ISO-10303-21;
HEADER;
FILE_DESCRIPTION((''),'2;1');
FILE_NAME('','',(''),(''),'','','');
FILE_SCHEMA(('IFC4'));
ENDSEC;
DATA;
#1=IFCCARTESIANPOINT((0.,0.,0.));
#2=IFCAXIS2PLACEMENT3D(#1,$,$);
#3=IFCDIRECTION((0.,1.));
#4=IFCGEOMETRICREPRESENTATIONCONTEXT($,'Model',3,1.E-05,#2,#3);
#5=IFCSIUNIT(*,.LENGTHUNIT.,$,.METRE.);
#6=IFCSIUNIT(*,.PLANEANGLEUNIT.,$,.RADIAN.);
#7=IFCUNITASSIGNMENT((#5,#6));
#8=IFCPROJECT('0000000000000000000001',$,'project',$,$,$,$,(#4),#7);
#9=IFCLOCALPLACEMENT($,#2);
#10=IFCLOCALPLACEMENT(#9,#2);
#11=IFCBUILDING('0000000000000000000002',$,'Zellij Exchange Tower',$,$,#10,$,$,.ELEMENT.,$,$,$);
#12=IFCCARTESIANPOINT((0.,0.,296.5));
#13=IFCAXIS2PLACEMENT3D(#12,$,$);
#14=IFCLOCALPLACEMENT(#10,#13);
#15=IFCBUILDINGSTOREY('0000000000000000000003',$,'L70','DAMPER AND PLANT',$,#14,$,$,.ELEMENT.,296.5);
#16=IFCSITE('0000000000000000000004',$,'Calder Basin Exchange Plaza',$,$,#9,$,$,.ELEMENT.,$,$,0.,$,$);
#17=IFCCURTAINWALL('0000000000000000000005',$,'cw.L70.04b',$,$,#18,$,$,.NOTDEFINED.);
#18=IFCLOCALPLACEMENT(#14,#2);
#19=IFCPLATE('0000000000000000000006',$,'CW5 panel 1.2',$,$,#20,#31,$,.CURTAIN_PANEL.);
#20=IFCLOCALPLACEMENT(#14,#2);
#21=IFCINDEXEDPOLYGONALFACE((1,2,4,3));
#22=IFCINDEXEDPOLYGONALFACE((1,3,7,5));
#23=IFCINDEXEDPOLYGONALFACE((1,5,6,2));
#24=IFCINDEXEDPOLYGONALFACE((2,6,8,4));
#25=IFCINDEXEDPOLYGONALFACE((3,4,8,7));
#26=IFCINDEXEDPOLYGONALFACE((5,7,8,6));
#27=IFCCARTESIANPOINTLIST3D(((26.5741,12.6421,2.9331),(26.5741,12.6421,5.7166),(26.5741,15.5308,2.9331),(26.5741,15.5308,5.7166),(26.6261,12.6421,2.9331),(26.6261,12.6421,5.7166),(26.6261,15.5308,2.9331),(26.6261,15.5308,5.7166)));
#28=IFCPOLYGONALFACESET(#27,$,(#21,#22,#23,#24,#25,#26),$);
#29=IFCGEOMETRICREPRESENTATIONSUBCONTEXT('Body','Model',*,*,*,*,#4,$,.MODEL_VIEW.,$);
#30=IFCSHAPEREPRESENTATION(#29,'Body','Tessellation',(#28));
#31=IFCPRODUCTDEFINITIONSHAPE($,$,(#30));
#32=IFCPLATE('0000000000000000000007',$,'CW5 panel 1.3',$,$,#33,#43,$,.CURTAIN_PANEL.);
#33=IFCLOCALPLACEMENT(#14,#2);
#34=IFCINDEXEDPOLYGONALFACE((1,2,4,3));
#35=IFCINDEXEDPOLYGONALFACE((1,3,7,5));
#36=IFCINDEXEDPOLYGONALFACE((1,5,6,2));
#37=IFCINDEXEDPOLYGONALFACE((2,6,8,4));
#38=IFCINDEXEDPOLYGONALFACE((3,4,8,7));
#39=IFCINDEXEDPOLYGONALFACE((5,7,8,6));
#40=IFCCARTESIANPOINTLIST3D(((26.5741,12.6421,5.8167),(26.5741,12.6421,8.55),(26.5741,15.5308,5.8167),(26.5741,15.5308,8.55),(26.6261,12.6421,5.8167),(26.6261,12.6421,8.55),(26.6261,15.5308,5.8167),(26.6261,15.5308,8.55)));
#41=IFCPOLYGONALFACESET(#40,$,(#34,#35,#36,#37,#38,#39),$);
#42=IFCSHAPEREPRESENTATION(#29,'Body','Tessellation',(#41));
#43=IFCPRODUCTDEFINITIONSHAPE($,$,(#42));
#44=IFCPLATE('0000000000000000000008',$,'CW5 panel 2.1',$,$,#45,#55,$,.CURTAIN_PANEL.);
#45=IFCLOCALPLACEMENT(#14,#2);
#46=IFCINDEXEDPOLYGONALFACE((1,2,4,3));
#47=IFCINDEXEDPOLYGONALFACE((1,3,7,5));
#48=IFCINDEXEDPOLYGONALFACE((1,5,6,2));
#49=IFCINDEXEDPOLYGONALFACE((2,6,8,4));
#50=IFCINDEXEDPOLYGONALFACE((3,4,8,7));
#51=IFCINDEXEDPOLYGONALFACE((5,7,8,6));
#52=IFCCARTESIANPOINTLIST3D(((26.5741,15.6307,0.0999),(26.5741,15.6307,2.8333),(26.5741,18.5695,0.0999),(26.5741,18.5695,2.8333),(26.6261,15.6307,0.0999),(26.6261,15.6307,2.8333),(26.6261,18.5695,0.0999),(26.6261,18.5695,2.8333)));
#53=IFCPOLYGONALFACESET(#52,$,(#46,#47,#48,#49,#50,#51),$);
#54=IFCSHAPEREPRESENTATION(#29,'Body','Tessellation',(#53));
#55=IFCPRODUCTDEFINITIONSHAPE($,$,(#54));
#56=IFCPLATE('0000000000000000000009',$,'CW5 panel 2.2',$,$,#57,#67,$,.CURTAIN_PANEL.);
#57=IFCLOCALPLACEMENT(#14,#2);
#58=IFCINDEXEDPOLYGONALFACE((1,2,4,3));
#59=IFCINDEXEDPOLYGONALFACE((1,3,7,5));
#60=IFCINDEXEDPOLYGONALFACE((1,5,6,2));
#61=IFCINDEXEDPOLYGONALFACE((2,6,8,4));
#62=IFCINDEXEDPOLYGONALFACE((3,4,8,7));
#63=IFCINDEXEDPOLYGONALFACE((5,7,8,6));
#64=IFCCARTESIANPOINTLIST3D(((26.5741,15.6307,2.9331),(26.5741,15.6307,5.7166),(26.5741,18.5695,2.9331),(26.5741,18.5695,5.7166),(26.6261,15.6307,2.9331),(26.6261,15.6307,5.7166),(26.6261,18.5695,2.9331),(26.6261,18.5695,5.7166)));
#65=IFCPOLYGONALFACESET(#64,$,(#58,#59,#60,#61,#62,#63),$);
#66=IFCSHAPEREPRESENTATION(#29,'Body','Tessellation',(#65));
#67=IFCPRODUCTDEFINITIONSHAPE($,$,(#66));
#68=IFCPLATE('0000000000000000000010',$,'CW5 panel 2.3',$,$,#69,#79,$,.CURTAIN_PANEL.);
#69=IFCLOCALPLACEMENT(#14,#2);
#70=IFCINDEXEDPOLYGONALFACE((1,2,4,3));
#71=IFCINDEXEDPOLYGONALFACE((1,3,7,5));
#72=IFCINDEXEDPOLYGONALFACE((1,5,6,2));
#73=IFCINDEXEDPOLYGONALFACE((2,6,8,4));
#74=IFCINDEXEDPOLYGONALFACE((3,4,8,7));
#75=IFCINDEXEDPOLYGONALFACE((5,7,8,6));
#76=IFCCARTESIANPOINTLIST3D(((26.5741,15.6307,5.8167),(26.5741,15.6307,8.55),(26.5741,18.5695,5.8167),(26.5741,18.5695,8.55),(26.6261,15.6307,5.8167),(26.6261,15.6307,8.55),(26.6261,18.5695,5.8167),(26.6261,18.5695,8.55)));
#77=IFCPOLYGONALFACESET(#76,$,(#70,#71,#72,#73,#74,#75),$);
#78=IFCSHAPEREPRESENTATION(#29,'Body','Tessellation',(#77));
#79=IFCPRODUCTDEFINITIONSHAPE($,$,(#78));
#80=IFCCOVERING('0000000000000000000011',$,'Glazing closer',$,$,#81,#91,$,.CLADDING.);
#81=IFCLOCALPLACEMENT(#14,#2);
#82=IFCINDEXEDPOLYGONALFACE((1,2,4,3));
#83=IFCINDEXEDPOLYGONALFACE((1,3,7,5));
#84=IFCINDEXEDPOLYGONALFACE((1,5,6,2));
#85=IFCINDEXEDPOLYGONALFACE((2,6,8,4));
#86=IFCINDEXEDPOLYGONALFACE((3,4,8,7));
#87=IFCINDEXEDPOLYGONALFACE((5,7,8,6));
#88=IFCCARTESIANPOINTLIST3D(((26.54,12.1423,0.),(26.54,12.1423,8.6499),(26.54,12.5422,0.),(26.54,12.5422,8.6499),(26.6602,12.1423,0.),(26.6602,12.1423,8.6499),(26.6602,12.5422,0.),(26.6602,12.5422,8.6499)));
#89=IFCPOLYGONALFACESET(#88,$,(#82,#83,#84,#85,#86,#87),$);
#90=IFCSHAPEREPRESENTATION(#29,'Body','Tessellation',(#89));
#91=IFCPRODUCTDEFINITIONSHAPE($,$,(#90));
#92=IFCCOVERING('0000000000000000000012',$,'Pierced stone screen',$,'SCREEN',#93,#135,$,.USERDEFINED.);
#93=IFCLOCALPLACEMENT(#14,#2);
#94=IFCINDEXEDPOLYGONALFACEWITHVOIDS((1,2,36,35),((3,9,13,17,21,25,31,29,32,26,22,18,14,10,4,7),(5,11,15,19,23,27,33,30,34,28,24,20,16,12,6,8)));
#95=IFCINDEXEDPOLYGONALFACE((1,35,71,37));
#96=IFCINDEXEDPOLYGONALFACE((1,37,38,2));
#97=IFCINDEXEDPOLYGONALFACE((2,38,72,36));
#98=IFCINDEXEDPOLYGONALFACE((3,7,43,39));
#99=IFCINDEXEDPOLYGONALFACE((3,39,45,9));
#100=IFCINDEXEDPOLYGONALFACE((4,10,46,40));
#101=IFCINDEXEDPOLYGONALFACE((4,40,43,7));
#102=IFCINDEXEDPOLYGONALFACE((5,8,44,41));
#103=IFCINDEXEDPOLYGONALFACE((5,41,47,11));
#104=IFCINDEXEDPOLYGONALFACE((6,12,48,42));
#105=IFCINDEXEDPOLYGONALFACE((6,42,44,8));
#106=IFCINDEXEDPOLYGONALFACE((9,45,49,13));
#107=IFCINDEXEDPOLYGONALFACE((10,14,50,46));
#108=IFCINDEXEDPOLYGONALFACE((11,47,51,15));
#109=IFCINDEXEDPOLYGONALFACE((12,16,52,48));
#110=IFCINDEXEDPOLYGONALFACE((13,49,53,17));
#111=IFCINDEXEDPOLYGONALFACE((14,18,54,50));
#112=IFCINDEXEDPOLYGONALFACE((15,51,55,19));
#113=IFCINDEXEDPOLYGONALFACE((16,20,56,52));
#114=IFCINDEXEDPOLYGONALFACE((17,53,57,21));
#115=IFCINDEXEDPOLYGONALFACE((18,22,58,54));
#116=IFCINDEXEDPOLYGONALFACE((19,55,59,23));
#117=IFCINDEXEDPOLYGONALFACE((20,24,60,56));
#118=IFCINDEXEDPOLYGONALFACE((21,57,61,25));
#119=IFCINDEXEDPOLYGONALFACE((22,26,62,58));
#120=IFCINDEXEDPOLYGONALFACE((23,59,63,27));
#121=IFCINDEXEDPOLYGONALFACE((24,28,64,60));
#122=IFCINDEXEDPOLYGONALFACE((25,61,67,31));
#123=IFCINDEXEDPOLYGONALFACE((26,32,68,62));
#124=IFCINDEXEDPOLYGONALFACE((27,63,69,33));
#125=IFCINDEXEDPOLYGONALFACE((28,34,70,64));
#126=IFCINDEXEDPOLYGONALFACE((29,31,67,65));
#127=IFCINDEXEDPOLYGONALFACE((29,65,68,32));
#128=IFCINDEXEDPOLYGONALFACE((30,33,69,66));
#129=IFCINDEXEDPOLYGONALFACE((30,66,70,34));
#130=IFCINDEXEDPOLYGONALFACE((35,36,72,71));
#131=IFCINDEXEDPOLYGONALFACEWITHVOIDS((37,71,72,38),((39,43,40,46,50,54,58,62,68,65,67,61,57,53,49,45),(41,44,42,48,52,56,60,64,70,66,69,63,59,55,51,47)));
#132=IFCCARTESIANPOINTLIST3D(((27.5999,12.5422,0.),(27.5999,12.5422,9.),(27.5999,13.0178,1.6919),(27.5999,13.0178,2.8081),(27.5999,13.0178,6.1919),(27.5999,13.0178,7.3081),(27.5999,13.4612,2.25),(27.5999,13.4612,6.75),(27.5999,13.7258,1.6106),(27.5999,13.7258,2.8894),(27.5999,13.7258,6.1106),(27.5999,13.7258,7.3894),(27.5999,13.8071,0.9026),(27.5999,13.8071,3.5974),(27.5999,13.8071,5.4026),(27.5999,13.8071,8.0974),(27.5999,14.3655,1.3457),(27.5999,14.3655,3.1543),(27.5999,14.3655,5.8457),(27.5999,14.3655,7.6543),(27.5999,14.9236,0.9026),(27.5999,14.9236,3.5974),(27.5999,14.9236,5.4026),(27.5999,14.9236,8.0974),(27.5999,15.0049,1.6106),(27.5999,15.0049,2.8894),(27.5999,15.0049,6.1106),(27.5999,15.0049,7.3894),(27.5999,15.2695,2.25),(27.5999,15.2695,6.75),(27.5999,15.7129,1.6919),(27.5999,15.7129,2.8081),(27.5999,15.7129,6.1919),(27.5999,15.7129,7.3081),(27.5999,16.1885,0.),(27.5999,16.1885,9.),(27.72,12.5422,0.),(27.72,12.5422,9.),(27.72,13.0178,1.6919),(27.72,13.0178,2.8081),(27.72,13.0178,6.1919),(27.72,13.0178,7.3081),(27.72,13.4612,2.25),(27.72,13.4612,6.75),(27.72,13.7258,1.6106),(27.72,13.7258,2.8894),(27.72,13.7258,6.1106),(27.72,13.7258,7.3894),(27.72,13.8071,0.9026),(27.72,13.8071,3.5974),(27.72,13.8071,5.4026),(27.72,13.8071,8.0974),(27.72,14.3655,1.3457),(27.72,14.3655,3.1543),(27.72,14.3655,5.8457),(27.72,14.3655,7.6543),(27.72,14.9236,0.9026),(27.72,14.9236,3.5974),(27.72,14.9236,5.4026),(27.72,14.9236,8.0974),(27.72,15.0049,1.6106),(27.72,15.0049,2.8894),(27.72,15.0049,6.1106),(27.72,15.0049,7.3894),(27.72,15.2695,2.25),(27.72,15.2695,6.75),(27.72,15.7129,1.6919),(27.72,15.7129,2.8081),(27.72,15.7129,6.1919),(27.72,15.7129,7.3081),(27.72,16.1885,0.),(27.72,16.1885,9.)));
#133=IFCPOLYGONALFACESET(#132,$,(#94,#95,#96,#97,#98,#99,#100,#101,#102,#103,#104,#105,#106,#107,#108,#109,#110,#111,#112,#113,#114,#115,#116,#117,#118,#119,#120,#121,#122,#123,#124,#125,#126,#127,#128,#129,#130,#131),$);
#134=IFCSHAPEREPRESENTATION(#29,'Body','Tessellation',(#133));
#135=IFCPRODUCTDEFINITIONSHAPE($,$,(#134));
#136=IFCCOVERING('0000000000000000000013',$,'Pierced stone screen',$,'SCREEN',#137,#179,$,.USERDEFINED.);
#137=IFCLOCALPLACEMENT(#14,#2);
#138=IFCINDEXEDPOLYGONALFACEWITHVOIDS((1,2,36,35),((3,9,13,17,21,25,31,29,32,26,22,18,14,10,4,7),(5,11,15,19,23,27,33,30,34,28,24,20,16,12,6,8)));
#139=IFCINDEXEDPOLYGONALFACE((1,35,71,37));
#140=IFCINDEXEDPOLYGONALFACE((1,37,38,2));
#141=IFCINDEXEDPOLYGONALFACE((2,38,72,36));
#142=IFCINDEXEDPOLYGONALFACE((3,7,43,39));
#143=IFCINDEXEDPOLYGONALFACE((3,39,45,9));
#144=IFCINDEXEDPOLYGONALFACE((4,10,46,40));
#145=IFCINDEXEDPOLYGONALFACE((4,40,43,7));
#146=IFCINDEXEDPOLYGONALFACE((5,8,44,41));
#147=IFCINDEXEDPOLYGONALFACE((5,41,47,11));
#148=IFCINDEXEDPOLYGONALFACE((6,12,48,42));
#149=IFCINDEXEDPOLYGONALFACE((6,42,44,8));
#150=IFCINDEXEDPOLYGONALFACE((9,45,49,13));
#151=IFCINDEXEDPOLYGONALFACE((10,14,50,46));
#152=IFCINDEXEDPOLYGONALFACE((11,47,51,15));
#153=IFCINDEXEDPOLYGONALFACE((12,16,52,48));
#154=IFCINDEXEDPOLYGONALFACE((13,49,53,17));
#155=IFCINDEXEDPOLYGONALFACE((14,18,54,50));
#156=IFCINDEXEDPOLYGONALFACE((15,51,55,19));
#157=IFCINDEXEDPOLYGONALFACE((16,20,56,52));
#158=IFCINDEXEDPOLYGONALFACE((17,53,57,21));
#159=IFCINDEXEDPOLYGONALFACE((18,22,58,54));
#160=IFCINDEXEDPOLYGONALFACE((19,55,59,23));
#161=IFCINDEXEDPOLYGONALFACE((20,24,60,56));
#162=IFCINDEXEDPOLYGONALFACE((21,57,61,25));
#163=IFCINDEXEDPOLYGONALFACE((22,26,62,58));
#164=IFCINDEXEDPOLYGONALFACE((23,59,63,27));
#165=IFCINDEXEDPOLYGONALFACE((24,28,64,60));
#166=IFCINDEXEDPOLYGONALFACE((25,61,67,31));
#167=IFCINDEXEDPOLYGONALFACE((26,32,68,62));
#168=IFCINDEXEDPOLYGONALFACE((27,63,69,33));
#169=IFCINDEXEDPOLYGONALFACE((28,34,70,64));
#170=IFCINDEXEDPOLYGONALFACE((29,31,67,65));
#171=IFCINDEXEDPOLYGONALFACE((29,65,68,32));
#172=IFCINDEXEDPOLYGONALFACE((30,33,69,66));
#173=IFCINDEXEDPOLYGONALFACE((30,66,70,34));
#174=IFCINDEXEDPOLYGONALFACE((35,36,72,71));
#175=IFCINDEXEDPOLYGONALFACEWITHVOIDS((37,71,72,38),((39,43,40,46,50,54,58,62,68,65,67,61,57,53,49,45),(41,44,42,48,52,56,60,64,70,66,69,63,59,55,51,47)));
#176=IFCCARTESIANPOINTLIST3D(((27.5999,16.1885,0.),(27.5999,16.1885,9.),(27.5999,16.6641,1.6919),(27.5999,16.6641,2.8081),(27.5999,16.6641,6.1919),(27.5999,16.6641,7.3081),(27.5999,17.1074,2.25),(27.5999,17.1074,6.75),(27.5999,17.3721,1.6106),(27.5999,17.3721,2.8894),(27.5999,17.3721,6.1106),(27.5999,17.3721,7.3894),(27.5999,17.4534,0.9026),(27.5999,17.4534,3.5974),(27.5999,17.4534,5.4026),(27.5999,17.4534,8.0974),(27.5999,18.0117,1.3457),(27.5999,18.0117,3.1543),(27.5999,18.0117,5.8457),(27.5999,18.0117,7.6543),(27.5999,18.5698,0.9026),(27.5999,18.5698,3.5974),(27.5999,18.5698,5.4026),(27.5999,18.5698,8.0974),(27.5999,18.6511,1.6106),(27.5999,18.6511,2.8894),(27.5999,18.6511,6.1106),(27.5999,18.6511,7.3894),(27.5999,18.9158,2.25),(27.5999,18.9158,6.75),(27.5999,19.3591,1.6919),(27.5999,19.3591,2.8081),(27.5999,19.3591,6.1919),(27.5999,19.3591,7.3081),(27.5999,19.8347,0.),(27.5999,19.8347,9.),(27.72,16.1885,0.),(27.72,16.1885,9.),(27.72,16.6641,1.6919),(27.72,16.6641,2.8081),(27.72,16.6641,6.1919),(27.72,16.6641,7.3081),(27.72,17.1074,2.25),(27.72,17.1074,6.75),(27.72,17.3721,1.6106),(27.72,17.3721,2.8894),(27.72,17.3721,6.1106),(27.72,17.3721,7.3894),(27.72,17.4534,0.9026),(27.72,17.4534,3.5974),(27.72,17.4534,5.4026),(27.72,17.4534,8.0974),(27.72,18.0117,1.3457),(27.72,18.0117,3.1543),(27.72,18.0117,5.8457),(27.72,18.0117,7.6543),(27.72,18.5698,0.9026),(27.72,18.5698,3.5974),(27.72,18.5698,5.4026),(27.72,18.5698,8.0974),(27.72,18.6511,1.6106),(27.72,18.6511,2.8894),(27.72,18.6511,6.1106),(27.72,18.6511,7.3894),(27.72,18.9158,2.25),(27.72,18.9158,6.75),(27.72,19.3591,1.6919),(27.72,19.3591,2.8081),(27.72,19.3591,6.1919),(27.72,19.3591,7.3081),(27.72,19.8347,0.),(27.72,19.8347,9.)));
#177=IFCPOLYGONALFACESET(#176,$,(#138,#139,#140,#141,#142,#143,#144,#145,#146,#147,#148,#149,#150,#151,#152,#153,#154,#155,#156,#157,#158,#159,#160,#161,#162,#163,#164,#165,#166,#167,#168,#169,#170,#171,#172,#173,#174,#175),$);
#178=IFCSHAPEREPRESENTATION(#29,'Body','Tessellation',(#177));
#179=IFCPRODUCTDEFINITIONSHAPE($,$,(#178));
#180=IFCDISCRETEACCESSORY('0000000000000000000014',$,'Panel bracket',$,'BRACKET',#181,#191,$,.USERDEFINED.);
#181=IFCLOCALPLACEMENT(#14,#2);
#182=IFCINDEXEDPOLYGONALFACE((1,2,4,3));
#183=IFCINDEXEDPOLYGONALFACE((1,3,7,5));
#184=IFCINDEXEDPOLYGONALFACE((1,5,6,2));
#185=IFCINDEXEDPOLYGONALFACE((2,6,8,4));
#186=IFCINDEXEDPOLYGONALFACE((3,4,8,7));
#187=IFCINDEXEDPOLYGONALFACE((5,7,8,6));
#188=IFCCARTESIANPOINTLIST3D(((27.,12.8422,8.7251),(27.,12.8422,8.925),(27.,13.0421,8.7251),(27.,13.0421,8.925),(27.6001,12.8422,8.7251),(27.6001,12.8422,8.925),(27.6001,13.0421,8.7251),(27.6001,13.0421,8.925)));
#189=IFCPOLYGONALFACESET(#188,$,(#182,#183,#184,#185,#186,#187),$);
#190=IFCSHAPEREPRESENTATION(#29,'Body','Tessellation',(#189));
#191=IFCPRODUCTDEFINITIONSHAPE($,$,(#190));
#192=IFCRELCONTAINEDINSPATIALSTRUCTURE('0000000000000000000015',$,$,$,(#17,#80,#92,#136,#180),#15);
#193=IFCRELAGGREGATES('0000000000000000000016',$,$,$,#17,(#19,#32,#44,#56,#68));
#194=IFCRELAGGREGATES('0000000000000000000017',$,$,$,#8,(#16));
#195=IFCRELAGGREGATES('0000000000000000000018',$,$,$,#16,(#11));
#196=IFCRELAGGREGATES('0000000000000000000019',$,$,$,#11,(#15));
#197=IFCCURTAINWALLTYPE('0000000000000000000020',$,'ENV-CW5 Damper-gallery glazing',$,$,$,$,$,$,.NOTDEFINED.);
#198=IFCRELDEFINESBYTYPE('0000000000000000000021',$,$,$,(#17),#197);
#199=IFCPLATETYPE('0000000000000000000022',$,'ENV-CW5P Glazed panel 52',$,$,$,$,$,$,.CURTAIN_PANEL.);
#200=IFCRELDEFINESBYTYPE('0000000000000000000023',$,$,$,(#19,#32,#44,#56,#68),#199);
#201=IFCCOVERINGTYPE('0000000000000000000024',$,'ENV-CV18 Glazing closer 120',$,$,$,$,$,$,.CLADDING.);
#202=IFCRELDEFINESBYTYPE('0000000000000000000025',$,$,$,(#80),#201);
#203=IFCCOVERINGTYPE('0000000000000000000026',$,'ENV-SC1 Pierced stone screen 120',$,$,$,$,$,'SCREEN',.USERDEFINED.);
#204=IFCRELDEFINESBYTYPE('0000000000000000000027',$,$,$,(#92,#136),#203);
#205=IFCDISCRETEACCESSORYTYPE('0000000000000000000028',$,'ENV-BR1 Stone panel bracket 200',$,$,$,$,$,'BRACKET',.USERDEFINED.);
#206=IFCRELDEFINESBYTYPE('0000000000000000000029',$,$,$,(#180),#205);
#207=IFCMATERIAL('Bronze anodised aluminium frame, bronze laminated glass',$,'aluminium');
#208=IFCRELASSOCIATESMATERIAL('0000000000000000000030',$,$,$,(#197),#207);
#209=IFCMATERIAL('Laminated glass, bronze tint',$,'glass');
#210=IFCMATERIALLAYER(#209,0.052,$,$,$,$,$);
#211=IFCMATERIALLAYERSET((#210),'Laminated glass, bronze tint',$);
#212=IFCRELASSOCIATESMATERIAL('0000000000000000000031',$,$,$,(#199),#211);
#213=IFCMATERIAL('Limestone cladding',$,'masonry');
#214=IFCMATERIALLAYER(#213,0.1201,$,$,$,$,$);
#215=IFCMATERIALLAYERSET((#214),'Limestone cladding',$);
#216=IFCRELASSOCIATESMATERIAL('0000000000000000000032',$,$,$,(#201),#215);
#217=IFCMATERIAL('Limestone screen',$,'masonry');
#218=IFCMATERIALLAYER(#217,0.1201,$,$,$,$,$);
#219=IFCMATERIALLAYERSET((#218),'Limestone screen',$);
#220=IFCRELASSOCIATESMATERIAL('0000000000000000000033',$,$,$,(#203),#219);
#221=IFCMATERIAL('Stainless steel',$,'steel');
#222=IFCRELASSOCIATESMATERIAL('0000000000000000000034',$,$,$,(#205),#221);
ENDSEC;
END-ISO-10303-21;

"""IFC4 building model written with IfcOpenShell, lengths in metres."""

from ifc_helpers import new_model, si_unit, direction, frame, origin, origin_2d, place, context, subcontext, project, spatial, polyline, rectangle, outline, extrude, material, layer, layer_set, type_object, element, aggregate, save


model = new_model("IFC4")

# Units and contexts
model_context = context("Model", 3, precision=1e-05, world=origin(), true_north=direction((0.0, 1.0)))
body_context = subcontext(model_context, "Body", "Model", "MODEL_VIEW")
ifc_project = project(units=[si_unit("LENGTHUNIT", "METRE"), si_unit("PLANEANGLEUNIT", "RADIAN")], contexts=[model_context])

# Site, building, storey
site_placement = place(None, origin())
site = spatial("IfcSite", under=ifc_project, at=site_placement, Name="Calder Basin Exchange Plaza", CompositionType="ELEMENT", RefElevation=0.0)
building_placement = place(site_placement, origin())
building = spatial("IfcBuilding", under=site, at=building_placement, Name="Zellij Exchange Tower", CompositionType="ELEMENT")
storey_placement = place(building_placement, frame((0.0, 0.0, 296.5)))
storey = spatial("IfcBuildingStorey", under=building, at=storey_placement, Name="L70", Description="DAMPER AND PLANT", CompositionType="ELEMENT", Elevation=296.5)

# Curtain wall
ifc_material_1 = material(Name="Bronze anodised aluminium frame, bronze laminated glass", Category="aluminium")
curtain_wall_type = type_object("IfcCurtainWallType", Name="ENV-CW5 Damper-gallery glazing", PredefinedType="NOTDEFINED", material=ifc_material_1)
curtain_wall_placement = place(storey_placement, origin())
curtain_wall = element("IfcCurtainWall", 1, at=curtain_wall_placement, inside=storey, type_object=curtain_wall_type, Name="cw.L70.04b", PredefinedType="NOTDEFINED")

# Plates
ifc_material_2 = material(Name="Laminated glass, bronze tint", Category="glass")
ifc_layer_1 = layer(ifc_material_2, 0.052)
ifc_layer_set_1 = layer_set([ifc_layer_1], Name="Laminated glass, bronze tint")
plate_type = type_object("IfcPlateType", Name="ENV-CW5P Glazed panel 52", PredefinedType="CURTAIN_PANEL", material=ifc_layer_set_1)
plate_1_placement = place(storey_placement, frame((26.6001, 14.0864, 2.9331), z_axis=(0.0, 0.0, 1.0), x_axis=(0.0, 1.0, 0.0)))
plate_1 = element("IfcPlate", 2, at=plate_1_placement, type_object=plate_type, Name="CW5 panel 1.2", PredefinedType="CURTAIN_PANEL", context=body_context, shape_type="SweptSolid", body=[
    extrude(rectangle(XDim=2.8887, YDim=0.052, at=origin_2d()), origin(), (0.0, 0.0, 1.0), 2.7834),
])
plate_2_placement = place(storey_placement, frame((26.6001, 14.0864, 5.8167), z_axis=(0.0, 0.0, 1.0), x_axis=(0.0, 1.0, 0.0)))
plate_2 = element("IfcPlate", 3, at=plate_2_placement, type_object=plate_type, Name="CW5 panel 1.3", PredefinedType="CURTAIN_PANEL", context=body_context, shape_type="SweptSolid", body=[
    extrude(rectangle(XDim=2.8887, YDim=0.052, at=origin_2d()), origin(), (0.0, 0.0, 1.0), 2.7334),
])
plate_3_placement = place(storey_placement, frame((26.6001, 17.1001, 0.0999), z_axis=(0.0, 0.0, 1.0), x_axis=(0.0, 1.0, 0.0)))
plate_3 = element("IfcPlate", 4, at=plate_3_placement, type_object=plate_type, Name="CW5 panel 2.1", PredefinedType="CURTAIN_PANEL", context=body_context, shape_type="SweptSolid", body=[
    extrude(rectangle(XDim=2.9387, YDim=0.052, at=origin_2d()), origin(), (0.0, 0.0, 1.0), 2.7334),
])
plate_4_placement = place(storey_placement, frame((26.6001, 17.1001, 2.9331), z_axis=(0.0, 0.0, 1.0), x_axis=(0.0, 1.0, 0.0)))
plate_4 = element("IfcPlate", 5, at=plate_4_placement, type_object=plate_type, Name="CW5 panel 2.2", PredefinedType="CURTAIN_PANEL", context=body_context, shape_type="SweptSolid", body=[
    extrude(rectangle(XDim=2.9387, YDim=0.052, at=origin_2d()), origin(), (0.0, 0.0, 1.0), 2.7834),
])
plate_5_placement = place(storey_placement, frame((26.6001, 17.1001, 5.8167), z_axis=(0.0, 0.0, 1.0), x_axis=(0.0, 1.0, 0.0)))
plate_5 = element("IfcPlate", 6, at=plate_5_placement, type_object=plate_type, Name="CW5 panel 2.3", PredefinedType="CURTAIN_PANEL", context=body_context, shape_type="SweptSolid", body=[
    extrude(rectangle(XDim=2.9387, YDim=0.052, at=origin_2d()), origin(), (0.0, 0.0, 1.0), 2.7334),
])
aggregate(curtain_wall, [plate_1, plate_2, plate_3, plate_4, plate_5])

# Coverings
ifc_material_3 = material(Name="Limestone cladding", Category="masonry")
ifc_layer_2 = layer(ifc_material_3, 0.1201)
ifc_layer_set_2 = layer_set([ifc_layer_2], Name="Limestone cladding")
covering_type_1 = type_object("IfcCoveringType", Name="ENV-CV18 Glazing closer 120", PredefinedType="CLADDING", material=ifc_layer_set_2)
covering_placement = place(storey_placement, frame((26.6001, 12.3423, 0.0), z_axis=(0.0, 0.0, 1.0), x_axis=(0.0, 1.0, 0.0)))
element("IfcCovering", 7, at=covering_placement, inside=storey, type_object=covering_type_1, Name="Glazing closer", PredefinedType="CLADDING", context=body_context, shape_type="SweptSolid", body=[
    extrude(rectangle(XDim=0.3999, YDim=0.1201, at=origin_2d()), origin(), (0.0, 0.0, 1.0), 8.6499),
])
ifc_material_4 = material(Name="Limestone screen", Category="masonry")
ifc_layer_3 = layer(ifc_material_4, 0.1201)
ifc_layer_set_3 = layer_set([ifc_layer_3], Name="Limestone screen")
covering_type_2 = type_object("IfcCoveringType", Name="ENV-SC1 Pierced stone screen 120", ElementType="SCREEN", PredefinedType="USERDEFINED", material=ifc_layer_set_3)
for number, where, z_axis, x_axis, name in (
    (8, (27.6599, 12.5422, 0.0), (0.0, 0.0, 1.0), (0.0, 1.0, 0.0), "Pierced stone screen"),
    (9, (27.6599, 16.1885, 0.0), (0.0, 0.0, 1.0), (0.0, 1.0, 0.0), "Pierced stone screen"),
):
    element("IfcCovering", number, at=place(storey_placement, frame(where, z_axis=z_axis, x_axis=x_axis)), inside=storey, type_object=covering_type_2, Name=name, ObjectType="SCREEN", PredefinedType="USERDEFINED", context=body_context, shape_type="SweptSolid", body=[
        extrude(outline(polyline([(0.0, 0.0), (3.6462, 0.0), (3.6462, 9.0), (0.0, 9.0), (0.0, 0.0)]), holes=[polyline([(3.1707, 2.8081), (2.4626, 2.8894), (2.3813, 3.5974), (1.8232, 3.1543), (1.2649, 3.5974), (1.1836, 2.8894), (0.4756, 2.8081), (0.9189, 2.25), (0.4756, 1.6919), (1.1836, 1.6106), (1.2649, 0.9026), (1.8232, 1.3457), (2.3813, 0.9026), (2.4626, 1.6106), (3.1707, 1.6919), (2.7273, 2.25), (3.1707, 2.8081)]), polyline([(3.1707, 7.3081), (2.4626, 7.3894), (2.3813, 8.0974), (1.8232, 7.6543), (1.2649, 8.0974), (1.1836, 7.3894), (0.4756, 7.3081), (0.9189, 6.75), (0.4756, 6.1919), (1.1836, 6.1106), (1.2649, 5.4026), (1.8232, 5.8457), (2.3813, 5.4026), (2.4626, 6.1106), (3.1707, 6.1919), (2.7273, 6.75), (3.1707, 7.3081)])]), frame((0.0, 0.0601, 0.0), z_axis=(0.0, -1.0, 0.0), x_axis=(1.0, 0.0, 0.0)), (0.0, 0.0, 1.0), 0.1201),
    ])

# Discrete accessory
ifc_material_5 = material(Name="Stainless steel", Category="steel")
discrete_accessory_type = type_object("IfcDiscreteAccessoryType", Name="ENV-BR1 Stone panel bracket 200", ElementType="BRACKET", PredefinedType="USERDEFINED", material=ifc_material_5)
for number, where, z_axis, x_axis, name in (
    (10, (27.3, 12.9421, 8.7251), (0.0, 0.0, 1.0), (0.0, 1.0, 0.0), "Panel bracket"),
):
    element("IfcDiscreteAccessory", number, at=place(storey_placement, frame(where, z_axis=z_axis, x_axis=x_axis)), inside=storey, type_object=discrete_accessory_type, Name=name, ObjectType="BRACKET", PredefinedType="USERDEFINED", context=body_context, shape_type="SweptSolid", body=[
        extrude(rectangle(XDim=0.2, YDim=0.6001, at=origin_2d()), origin(), (0.0, 0.0, 1.0), 0.2),
    ])

save(model, "model.ifc")
